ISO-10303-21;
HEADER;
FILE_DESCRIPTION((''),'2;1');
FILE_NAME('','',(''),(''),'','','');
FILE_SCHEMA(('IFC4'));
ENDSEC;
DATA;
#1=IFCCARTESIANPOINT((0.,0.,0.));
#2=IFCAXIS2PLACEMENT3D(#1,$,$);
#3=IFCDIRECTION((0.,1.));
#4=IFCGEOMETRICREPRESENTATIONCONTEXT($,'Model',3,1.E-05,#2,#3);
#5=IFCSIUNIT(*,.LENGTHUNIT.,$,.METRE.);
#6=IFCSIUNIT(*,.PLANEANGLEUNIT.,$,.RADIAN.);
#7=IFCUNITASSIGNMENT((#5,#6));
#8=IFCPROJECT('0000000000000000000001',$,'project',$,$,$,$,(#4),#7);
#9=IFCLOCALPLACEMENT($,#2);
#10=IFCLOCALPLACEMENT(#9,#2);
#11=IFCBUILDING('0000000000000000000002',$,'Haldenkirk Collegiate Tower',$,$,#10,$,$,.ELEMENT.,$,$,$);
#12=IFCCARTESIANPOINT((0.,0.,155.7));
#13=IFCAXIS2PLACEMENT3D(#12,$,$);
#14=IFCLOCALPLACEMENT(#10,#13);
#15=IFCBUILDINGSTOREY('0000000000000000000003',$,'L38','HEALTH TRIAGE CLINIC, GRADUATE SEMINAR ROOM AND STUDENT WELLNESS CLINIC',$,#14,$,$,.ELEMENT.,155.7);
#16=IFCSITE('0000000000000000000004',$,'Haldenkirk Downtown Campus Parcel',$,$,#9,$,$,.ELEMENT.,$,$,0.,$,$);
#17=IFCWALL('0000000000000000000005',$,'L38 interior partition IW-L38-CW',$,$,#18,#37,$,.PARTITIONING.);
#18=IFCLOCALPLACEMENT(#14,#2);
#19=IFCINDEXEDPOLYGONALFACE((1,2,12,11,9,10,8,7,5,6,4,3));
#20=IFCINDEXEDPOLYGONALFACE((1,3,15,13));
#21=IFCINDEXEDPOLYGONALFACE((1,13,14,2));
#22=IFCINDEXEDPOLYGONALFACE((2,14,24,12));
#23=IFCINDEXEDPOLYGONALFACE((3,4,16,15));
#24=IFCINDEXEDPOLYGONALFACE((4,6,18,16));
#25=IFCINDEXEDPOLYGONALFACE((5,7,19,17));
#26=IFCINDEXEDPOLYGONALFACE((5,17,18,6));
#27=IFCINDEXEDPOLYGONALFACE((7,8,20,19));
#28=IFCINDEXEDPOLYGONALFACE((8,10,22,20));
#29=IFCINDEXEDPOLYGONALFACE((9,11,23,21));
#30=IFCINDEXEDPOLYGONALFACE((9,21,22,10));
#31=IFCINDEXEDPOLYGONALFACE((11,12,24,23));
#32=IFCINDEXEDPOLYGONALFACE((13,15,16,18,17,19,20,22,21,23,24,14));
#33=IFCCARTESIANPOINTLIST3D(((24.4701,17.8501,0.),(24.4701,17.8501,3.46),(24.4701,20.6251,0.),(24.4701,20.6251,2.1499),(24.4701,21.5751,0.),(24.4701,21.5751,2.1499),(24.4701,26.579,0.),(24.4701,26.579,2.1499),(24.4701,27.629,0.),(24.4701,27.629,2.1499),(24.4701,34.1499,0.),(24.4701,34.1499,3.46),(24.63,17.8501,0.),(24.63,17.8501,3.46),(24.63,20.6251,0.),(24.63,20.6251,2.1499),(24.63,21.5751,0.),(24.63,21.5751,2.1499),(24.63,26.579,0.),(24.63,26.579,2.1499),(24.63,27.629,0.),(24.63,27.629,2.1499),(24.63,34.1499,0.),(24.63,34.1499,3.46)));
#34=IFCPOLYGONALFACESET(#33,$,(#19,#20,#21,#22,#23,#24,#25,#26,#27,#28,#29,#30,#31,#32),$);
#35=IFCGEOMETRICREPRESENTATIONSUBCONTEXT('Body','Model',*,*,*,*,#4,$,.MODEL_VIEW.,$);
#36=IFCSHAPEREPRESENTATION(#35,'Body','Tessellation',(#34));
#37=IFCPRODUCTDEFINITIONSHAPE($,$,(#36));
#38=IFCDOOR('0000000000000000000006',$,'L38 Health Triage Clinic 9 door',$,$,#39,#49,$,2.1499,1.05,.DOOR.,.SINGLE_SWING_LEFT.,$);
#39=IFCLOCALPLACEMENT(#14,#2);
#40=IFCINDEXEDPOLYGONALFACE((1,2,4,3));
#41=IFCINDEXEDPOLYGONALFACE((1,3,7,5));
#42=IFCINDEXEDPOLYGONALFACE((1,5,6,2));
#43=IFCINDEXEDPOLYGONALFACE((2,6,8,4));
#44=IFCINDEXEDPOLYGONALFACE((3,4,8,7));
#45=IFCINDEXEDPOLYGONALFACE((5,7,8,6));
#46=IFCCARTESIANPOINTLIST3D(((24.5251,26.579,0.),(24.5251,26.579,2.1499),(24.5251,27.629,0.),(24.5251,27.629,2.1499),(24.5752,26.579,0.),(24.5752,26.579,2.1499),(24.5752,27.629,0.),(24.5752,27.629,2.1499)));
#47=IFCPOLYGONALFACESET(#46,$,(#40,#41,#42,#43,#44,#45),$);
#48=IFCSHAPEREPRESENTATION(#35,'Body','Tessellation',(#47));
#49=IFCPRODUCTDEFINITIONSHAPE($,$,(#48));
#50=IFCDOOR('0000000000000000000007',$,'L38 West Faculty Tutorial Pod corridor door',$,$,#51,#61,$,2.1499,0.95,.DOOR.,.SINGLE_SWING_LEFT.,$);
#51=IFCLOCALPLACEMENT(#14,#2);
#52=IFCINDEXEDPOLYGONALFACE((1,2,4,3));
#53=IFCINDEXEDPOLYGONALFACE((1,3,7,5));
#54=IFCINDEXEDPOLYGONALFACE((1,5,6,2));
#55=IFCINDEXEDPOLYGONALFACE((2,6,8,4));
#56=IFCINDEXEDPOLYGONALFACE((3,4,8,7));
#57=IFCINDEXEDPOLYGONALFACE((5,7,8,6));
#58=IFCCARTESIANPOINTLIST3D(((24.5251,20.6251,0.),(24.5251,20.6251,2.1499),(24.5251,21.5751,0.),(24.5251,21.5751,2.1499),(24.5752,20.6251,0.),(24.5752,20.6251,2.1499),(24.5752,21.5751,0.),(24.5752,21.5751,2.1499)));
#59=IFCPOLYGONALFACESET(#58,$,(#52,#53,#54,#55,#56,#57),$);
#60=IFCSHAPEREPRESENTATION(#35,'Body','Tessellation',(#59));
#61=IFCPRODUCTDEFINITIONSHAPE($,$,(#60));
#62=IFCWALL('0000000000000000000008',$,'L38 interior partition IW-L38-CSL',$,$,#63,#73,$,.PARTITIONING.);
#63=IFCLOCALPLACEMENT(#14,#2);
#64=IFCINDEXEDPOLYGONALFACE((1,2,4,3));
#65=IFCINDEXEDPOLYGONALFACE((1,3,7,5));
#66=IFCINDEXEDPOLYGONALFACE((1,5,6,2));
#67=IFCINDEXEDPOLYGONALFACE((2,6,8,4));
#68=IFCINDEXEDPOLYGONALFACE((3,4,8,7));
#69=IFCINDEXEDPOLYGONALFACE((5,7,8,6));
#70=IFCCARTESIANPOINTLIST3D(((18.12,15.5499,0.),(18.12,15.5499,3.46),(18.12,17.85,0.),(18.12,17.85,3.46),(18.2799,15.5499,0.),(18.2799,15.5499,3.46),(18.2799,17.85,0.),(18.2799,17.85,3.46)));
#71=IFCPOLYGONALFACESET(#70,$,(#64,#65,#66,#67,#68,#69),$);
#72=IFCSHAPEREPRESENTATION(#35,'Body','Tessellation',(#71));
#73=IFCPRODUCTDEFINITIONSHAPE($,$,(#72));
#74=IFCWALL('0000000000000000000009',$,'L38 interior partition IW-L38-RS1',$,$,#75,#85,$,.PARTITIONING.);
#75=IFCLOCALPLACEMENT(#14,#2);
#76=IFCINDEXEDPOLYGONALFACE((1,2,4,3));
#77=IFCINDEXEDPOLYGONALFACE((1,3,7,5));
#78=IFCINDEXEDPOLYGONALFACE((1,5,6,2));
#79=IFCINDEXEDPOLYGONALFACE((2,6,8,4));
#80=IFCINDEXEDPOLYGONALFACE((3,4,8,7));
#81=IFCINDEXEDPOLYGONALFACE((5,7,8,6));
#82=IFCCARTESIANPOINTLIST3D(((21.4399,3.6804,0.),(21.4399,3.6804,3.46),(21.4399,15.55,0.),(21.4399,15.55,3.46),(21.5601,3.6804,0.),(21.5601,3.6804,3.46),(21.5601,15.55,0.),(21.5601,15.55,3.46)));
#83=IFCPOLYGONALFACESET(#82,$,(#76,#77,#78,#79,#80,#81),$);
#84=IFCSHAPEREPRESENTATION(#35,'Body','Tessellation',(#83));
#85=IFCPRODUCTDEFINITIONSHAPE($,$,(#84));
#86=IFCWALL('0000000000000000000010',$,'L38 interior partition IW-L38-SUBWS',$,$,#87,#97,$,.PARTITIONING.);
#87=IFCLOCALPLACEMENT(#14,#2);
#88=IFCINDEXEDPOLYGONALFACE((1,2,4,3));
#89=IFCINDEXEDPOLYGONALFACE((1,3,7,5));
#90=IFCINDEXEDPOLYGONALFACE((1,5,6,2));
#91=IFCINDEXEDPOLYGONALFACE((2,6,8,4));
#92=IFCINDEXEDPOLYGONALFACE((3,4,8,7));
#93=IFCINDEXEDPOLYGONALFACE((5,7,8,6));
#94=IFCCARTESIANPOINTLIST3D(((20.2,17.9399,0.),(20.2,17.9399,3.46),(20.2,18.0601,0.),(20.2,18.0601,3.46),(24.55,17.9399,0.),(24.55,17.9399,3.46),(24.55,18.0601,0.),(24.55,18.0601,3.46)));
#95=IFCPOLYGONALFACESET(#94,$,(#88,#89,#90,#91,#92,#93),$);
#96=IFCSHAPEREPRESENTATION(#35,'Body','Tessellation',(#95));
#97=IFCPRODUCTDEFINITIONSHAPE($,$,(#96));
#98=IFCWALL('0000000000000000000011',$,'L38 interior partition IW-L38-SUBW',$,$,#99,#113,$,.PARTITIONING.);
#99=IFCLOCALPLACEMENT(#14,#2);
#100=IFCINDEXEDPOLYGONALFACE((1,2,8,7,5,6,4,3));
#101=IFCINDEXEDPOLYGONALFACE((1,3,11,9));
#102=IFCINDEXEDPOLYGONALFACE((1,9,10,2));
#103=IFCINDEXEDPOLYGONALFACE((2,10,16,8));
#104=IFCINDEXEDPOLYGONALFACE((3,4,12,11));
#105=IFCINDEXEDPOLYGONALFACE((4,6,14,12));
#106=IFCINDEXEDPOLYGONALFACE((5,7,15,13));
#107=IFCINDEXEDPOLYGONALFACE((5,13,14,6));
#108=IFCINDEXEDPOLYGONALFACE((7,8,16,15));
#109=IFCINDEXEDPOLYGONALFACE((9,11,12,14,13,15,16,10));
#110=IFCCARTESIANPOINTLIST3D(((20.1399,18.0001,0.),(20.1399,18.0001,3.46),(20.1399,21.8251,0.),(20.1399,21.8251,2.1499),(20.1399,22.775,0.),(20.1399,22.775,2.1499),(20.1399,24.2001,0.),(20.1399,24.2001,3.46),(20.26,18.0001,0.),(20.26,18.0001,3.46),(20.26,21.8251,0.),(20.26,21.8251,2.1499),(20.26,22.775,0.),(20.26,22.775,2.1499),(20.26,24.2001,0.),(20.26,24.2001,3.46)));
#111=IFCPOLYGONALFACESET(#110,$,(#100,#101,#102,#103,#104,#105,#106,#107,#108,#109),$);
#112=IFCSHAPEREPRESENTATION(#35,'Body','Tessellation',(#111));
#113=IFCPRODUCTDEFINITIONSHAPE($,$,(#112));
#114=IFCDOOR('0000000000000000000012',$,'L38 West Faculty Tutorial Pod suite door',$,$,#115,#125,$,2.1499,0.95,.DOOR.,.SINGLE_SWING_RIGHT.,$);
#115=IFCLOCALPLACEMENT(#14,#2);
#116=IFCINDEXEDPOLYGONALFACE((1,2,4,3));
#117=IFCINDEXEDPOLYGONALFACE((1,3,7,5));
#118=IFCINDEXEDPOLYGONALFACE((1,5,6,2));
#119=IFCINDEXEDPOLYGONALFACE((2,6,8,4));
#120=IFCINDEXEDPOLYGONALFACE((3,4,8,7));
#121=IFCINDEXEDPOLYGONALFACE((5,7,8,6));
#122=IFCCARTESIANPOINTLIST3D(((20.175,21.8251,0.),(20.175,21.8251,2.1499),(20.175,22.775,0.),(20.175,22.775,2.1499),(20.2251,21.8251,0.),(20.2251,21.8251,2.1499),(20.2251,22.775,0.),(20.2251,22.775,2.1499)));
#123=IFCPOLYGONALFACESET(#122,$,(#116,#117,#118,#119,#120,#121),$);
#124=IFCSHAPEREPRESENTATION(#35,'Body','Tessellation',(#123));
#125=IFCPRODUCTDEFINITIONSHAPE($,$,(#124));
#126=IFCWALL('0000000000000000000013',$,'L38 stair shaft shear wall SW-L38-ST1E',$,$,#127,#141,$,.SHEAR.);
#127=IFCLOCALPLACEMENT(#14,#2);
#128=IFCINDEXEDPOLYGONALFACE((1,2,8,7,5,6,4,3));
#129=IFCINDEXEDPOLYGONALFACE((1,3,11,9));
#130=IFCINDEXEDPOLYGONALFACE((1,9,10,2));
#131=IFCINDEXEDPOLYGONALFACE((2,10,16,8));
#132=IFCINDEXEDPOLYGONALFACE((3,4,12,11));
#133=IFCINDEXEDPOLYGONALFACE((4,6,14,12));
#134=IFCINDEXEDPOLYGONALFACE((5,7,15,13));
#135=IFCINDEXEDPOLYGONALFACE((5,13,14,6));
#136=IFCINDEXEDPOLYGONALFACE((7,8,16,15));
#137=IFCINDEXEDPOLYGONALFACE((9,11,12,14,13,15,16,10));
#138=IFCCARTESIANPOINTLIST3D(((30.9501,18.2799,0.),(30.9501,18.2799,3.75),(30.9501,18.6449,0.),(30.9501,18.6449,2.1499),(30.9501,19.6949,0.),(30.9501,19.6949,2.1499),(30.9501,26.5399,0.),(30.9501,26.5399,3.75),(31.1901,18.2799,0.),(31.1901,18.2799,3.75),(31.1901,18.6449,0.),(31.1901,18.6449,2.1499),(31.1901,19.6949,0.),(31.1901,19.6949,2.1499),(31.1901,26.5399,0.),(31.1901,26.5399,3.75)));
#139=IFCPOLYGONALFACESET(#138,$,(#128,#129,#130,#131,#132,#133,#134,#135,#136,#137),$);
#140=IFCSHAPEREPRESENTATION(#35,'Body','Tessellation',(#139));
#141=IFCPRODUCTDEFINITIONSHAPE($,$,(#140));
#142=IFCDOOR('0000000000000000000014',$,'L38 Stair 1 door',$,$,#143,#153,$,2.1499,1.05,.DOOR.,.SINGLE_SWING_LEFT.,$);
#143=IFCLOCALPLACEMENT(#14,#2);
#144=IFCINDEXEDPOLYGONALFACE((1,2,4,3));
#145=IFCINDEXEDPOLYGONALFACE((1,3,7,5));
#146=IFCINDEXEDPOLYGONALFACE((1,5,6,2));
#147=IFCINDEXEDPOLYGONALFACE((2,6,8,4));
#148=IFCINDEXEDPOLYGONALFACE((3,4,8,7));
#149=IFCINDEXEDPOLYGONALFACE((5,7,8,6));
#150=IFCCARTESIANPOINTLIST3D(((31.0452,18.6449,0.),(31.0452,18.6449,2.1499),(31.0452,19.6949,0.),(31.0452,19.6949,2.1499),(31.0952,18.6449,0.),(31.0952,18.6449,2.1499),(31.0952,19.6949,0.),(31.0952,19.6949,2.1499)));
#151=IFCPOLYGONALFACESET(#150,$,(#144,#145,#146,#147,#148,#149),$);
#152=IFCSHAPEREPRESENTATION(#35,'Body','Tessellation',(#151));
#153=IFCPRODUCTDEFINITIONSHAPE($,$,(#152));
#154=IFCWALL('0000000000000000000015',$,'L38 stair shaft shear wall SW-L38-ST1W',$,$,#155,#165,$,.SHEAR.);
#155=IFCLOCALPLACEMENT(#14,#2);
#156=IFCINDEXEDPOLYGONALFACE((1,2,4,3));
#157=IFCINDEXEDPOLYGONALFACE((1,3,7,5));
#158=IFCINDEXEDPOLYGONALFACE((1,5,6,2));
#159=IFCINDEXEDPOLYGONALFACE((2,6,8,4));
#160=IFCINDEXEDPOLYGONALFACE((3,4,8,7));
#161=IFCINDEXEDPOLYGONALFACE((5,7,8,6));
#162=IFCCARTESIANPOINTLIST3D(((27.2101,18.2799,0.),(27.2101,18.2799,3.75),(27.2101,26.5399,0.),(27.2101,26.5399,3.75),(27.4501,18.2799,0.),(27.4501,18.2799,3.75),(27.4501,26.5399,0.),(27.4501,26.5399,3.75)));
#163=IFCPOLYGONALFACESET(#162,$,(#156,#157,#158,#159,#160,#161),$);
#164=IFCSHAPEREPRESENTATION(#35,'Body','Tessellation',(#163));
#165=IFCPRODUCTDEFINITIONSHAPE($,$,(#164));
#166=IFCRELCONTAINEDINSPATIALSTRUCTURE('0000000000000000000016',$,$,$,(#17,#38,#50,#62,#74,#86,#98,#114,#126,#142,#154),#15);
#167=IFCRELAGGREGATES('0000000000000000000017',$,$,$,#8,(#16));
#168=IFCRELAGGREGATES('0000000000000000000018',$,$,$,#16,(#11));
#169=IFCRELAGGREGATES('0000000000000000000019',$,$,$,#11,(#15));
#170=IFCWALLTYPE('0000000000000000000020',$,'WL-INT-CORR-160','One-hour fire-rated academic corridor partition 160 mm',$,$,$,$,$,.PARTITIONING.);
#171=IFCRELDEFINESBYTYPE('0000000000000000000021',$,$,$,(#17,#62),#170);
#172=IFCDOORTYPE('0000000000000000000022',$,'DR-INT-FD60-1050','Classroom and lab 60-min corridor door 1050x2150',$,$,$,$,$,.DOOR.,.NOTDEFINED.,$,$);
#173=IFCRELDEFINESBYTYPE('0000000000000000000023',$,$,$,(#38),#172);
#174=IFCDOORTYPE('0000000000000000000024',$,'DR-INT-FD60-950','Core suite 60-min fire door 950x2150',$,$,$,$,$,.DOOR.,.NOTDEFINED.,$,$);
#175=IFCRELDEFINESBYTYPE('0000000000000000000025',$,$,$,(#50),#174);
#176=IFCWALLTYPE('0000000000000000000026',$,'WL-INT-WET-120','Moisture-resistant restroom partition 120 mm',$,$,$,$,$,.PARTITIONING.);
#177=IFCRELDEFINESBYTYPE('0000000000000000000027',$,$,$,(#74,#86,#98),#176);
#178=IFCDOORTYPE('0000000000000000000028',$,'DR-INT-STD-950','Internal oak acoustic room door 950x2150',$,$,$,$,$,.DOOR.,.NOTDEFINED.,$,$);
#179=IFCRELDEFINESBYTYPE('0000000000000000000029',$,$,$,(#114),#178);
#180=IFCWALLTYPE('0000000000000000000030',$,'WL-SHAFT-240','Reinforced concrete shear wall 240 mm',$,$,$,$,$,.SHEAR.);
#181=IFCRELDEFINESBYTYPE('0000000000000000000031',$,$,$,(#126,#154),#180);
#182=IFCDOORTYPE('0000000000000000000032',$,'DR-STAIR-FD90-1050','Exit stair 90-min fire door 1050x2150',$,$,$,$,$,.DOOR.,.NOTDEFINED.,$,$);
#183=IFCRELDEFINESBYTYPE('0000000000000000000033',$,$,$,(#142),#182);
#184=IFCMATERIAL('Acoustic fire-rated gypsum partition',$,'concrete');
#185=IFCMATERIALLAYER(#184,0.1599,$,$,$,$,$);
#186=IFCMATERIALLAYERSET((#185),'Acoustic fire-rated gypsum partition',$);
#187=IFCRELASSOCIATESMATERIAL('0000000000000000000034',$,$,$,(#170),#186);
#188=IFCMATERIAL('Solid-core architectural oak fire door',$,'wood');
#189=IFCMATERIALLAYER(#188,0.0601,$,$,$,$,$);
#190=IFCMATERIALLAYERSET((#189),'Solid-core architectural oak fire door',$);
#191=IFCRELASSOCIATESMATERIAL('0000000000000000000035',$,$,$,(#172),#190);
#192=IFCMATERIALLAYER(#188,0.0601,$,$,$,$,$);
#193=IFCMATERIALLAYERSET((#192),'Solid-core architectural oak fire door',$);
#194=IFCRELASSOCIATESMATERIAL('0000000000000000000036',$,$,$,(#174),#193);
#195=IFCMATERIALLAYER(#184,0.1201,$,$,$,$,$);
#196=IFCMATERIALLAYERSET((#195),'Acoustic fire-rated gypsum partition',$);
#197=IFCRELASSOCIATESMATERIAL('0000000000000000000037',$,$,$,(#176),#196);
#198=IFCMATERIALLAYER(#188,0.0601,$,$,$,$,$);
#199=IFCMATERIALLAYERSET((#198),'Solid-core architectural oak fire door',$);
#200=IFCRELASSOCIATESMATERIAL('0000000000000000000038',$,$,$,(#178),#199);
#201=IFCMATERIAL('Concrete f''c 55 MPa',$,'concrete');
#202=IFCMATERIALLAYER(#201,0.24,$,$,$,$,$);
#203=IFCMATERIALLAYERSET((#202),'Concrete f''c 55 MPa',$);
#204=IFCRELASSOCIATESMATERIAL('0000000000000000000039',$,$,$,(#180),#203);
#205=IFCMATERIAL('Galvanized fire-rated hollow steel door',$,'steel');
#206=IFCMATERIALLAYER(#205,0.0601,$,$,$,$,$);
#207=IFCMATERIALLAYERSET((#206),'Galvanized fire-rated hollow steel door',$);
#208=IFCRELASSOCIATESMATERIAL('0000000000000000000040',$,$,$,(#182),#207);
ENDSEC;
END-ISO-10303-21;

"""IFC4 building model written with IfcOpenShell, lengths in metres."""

from ifc_helpers import new_model, si_unit, direction, frame, frame_2d, origin, place, context, subcontext, project, spatial, rectangle, extrude, material, layer, layer_set, type_object, element, fill, save


model = new_model("IFC4")

# Units and contexts
model_context = context("Model", 3, precision=1e-05, world=origin(), true_north=direction((0.0, 1.0)))
body_context = subcontext(model_context, "Body", "Model", "MODEL_VIEW")
ifc_project = project(units=[si_unit("LENGTHUNIT", "METRE"), si_unit("PLANEANGLEUNIT", "RADIAN")], contexts=[model_context])

# Site, building, storey
site_placement = place(None, origin())
site = spatial("IfcSite", under=ifc_project, at=site_placement, Name="Haldenkirk Downtown Campus Parcel", CompositionType="ELEMENT", RefElevation=0.0)
building_placement = place(site_placement, origin())
building = spatial("IfcBuilding", under=site, at=building_placement, Name="Haldenkirk Collegiate Tower", CompositionType="ELEMENT")
storey_placement = place(building_placement, frame((0.0, 0.0, 155.7)))
storey = spatial("IfcBuildingStorey", under=building, at=storey_placement, Name="L38", Description="HEALTH TRIAGE CLINIC, GRADUATE SEMINAR ROOM AND STUDENT WELLNESS CLINIC", CompositionType="ELEMENT", Elevation=155.7)

# Shared definitions
ifc_material_1 = material(Name="Concrete f'c 55 MPa", Category="concrete")
ifc_material_2 = material(Name="Galvanized fire-rated hollow steel door", Category="steel")

# Shared definitions
ifc_material_3 = material(Name="Acoustic fire-rated gypsum partition", Category="concrete")
ifc_layer_1 = layer(ifc_material_3, 0.1599)
ifc_layer_set_1 = layer_set([ifc_layer_1], Name="Acoustic fire-rated gypsum partition")
wall_type_1 = type_object("IfcWallType", Name="WL-INT-CORR-160", Description="One-hour fire-rated academic corridor partition 160 mm", PredefinedType="PARTITIONING", material=ifc_layer_set_1)

# Wall, openings, doors
wall_1_placement = place(storey_placement, frame((24.55, 17.8501, 0.0), z_axis=(0.0, 0.0, 1.0), x_axis=(0.0, 1.0, 0.0)))
wall_1 = element("IfcWall", 1, at=wall_1_placement, inside=storey, type_object=wall_type_1, Name="L38 interior partition IW-L38-CW", PredefinedType="PARTITIONING", context=body_context, shape_type="SweptSolid", body=[
    extrude(rectangle(XDim=16.2998, YDim=0.1599, at=frame_2d((8.1499, 0.0))), origin(), (0.0, 0.0, 1.0), 3.46),
])
opening_1_placement = place(wall_1_placement, frame((2.7749, 0.0, 0.0)))
opening_1 = element("IfcOpeningElement", 2, at=opening_1_placement, cuts=wall_1, PredefinedType="OPENING", context=body_context, shape_type="SweptSolid", body=[
    extrude(rectangle(XDim=0.95, YDim=2.1499, at=frame_2d((0.4751, 1.075))), frame((0.0, 0.0898, 0.0), z_axis=(0.0, -1.0, 0.0), x_axis=(1.0, 0.0, 0.0)), (0.0, 0.0, 1.0), 0.1799),
])
opening_2_placement = place(wall_1_placement, frame((8.729, 0.0, 0.0)))
opening_2 = element("IfcOpeningElement", 3, at=opening_2_placement, cuts=wall_1, PredefinedType="OPENING", context=body_context, shape_type="SweptSolid", body=[
    extrude(rectangle(XDim=1.05, YDim=2.1499, at=frame_2d((0.5249, 1.075))), frame((0.0, 0.0898, 0.0), z_axis=(0.0, -1.0, 0.0), x_axis=(1.0, 0.0, 0.0)), (0.0, 0.0, 1.0), 0.1799),
])
ifc_material_4 = material(Name="Solid-core architectural oak fire door", Category="wood")
ifc_layer_2 = layer(ifc_material_4, 0.0601)
ifc_layer_set_2 = layer_set([ifc_layer_2], Name="Solid-core architectural oak fire door")
door_type_1 = type_object("IfcDoorType", Name="DR-INT-FD60-1050", Description="Classroom and lab 60-min corridor door 1050x2150", OperationType="NOTDEFINED", PredefinedType="DOOR", material=ifc_layer_set_2)
door_1_placement = place(opening_2_placement, origin())
door_1 = element("IfcDoor", 4, at=door_1_placement, inside=storey, type_object=door_type_1, Name="L38 Health Triage Clinic 9 door", OperationType="SINGLE_SWING_LEFT", OverallHeight=2.1499, OverallWidth=1.05, PredefinedType="DOOR", context=body_context, shape_type="SweptSolid", body=[
    extrude(rectangle(XDim=1.05, YDim=2.1499, at=frame_2d((0.5249, 1.075))), frame((0.0, 0.0249, 0.0), z_axis=(0.0, -1.0, 0.0), x_axis=(1.0, 0.0, 0.0)), (0.0, 0.0, 1.0), 0.05),
])
fill(opening_2, door_1)
ifc_layer_3 = layer(ifc_material_4, 0.0601)
ifc_layer_set_3 = layer_set([ifc_layer_3], Name="Solid-core architectural oak fire door")
door_type_2 = type_object("IfcDoorType", Name="DR-INT-FD60-950", Description="Core suite 60-min fire door 950x2150", OperationType="NOTDEFINED", PredefinedType="DOOR", material=ifc_layer_set_3)
door_2_placement = place(opening_1_placement, origin())
door_2 = element("IfcDoor", 5, at=door_2_placement, inside=storey, type_object=door_type_2, Name="L38 West Faculty Tutorial Pod corridor door", OperationType="SINGLE_SWING_LEFT", OverallHeight=2.1499, OverallWidth=0.95, PredefinedType="DOOR", context=body_context, shape_type="SweptSolid", body=[
    extrude(rectangle(XDim=0.95, YDim=2.1499, at=frame_2d((0.4751, 1.075))), frame((0.0, 0.0249, 0.0), z_axis=(0.0, -1.0, 0.0), x_axis=(1.0, 0.0, 0.0)), (0.0, 0.0, 1.0), 0.05),
])
fill(opening_1, door_2)

# Walls
wall_2_placement = place(storey_placement, frame((18.2, 15.55, 0.0), z_axis=(0.0, 0.0, 1.0), x_axis=(0.0, 1.0, 0.0)))
element("IfcWall", 6, at=wall_2_placement, inside=storey, type_object=wall_type_1, Name="L38 interior partition IW-L38-CSL", PredefinedType="PARTITIONING", context=body_context, shape_type="SweptSolid", body=[
    extrude(rectangle(XDim=2.3, YDim=0.1599, at=frame_2d((1.1499, 0.0))), origin(), (0.0, 0.0, 1.0), 3.46),
])
ifc_layer_4 = layer(ifc_material_3, 0.1201)
ifc_layer_set_4 = layer_set([ifc_layer_4], Name="Acoustic fire-rated gypsum partition")
wall_type_2 = type_object("IfcWallType", Name="WL-INT-WET-120", Description="Moisture-resistant restroom partition 120 mm", PredefinedType="PARTITIONING", material=ifc_layer_set_4)
wall_3_placement = place(storey_placement, frame((21.5, 3.6804, 0.0), z_axis=(0.0, 0.0, 1.0), x_axis=(0.0, 1.0, 0.0)))
element("IfcWall", 7, at=wall_3_placement, inside=storey, type_object=wall_type_2, Name="L38 interior partition IW-L38-RS1", PredefinedType="PARTITIONING", context=body_context, shape_type="SweptSolid", body=[
    extrude(rectangle(XDim=11.8696, YDim=0.1201, at=frame_2d((5.9348, 0.0))), origin(), (0.0, 0.0, 1.0), 3.46),
])
wall_4_placement = place(storey_placement, frame((20.2, 18.0, 0.0), z_axis=(0.0, 0.0, 1.0), x_axis=(1.0, 0.0, 0.0)))
element("IfcWall", 8, at=wall_4_placement, inside=storey, type_object=wall_type_2, Name="L38 interior partition IW-L38-SUBWS", PredefinedType="PARTITIONING", context=body_context, shape_type="SweptSolid", body=[
    extrude(rectangle(XDim=4.3501, YDim=0.1201, at=frame_2d((2.175, 0.0))), origin(), (0.0, 0.0, 1.0), 3.46),
])

# Walls, openings, doors
wall_5_placement = place(storey_placement, frame((20.2, 18.0, 0.0), z_axis=(0.0, 0.0, 1.0), x_axis=(0.0, 1.0, 0.0)))
wall_5 = element("IfcWall", 9, at=wall_5_placement, inside=storey, type_object=wall_type_2, Name="L38 interior partition IW-L38-SUBW", PredefinedType="PARTITIONING", context=body_context, shape_type="SweptSolid", body=[
    extrude(rectangle(XDim=6.2, YDim=0.1201, at=frame_2d((3.1001, 0.0))), origin(), (0.0, 0.0, 1.0), 3.46),
])
opening_3_placement = place(wall_5_placement, frame((3.825, 0.0, 0.0)))
opening_3 = element("IfcOpeningElement", 10, at=opening_3_placement, cuts=wall_5, PredefinedType="OPENING", context=body_context, shape_type="SweptSolid", body=[
    extrude(rectangle(XDim=0.95, YDim=2.1499, at=frame_2d((0.4751, 1.075))), frame((0.0, 0.0701, 0.0), z_axis=(0.0, -1.0, 0.0), x_axis=(1.0, 0.0, 0.0)), (0.0, 0.0, 1.0), 0.1401),
])
ifc_layer_5 = layer(ifc_material_4, 0.0601)
ifc_layer_set_5 = layer_set([ifc_layer_5], Name="Solid-core architectural oak fire door")
door_type_3 = type_object("IfcDoorType", Name="DR-INT-STD-950", Description="Internal oak acoustic room door 950x2150", OperationType="NOTDEFINED", PredefinedType="DOOR", material=ifc_layer_set_5)
door_3_placement = place(opening_3_placement, origin())
door_3 = element("IfcDoor", 11, at=door_3_placement, inside=storey, type_object=door_type_3, Name="L38 West Faculty Tutorial Pod suite door", OperationType="SINGLE_SWING_RIGHT", OverallHeight=2.1499, OverallWidth=0.95, PredefinedType="DOOR", context=body_context, shape_type="SweptSolid", body=[
    extrude(rectangle(XDim=0.95, YDim=2.1499, at=frame_2d((0.4751, 1.075))), frame((0.0, 0.0249, 0.0), z_axis=(0.0, -1.0, 0.0), x_axis=(1.0, 0.0, 0.0)), (0.0, 0.0, 1.0), 0.05),
])
fill(opening_3, door_3)
ifc_layer_6 = layer(ifc_material_1, 0.24)
ifc_layer_set_6 = layer_set([ifc_layer_6], Name="Concrete f'c 55 MPa")
wall_type_3 = type_object("IfcWallType", Name="WL-SHAFT-240", Description="Reinforced concrete shear wall 240 mm", PredefinedType="SHEAR", material=ifc_layer_set_6)
wall_6_placement = place(storey_placement, frame((31.0701, 18.28, 0.0), z_axis=(0.0, 0.0, 1.0), x_axis=(0.0, 1.0, 0.0)))
wall_6 = element("IfcWall", 12, at=wall_6_placement, inside=storey, type_object=wall_type_3, Name="L38 stair shaft shear wall SW-L38-ST1E", PredefinedType="SHEAR", context=body_context, shape_type="SweptSolid", body=[
    extrude(rectangle(XDim=8.26, YDim=0.24, at=frame_2d((4.1299, 0.0))), origin(), (0.0, 0.0, 1.0), 3.75),
])
opening_4_placement = place(wall_6_placement, frame((0.365, 0.0, 0.0)))
opening_4 = element("IfcOpeningElement", 13, at=opening_4_placement, cuts=wall_6, PredefinedType="OPENING", context=body_context, shape_type="SweptSolid", body=[
    extrude(rectangle(XDim=1.05, YDim=2.1499, at=frame_2d((0.5249, 1.075))), frame((0.0, 0.1299, 0.0), z_axis=(0.0, -1.0, 0.0), x_axis=(1.0, 0.0, 0.0)), (0.0, 0.0, 1.0), 0.26),
])
ifc_layer_7 = layer(ifc_material_2, 0.0601)
ifc_layer_set_7 = layer_set([ifc_layer_7], Name="Galvanized fire-rated hollow steel door")
door_type_4 = type_object("IfcDoorType", Name="DR-STAIR-FD90-1050", Description="Exit stair 90-min fire door 1050x2150", OperationType="NOTDEFINED", PredefinedType="DOOR", material=ifc_layer_set_7)
door_4_placement = place(opening_4_placement, origin())
door_4 = element("IfcDoor", 14, at=door_4_placement, inside=storey, type_object=door_type_4, Name="L38 Stair 1 door", OperationType="SINGLE_SWING_LEFT", OverallHeight=2.1499, OverallWidth=1.05, PredefinedType="DOOR", context=body_context, shape_type="SweptSolid", body=[
    extrude(rectangle(XDim=1.05, YDim=2.1499, at=frame_2d((0.5249, 1.075))), frame((0.0, 0.0249, 0.0), z_axis=(0.0, -1.0, 0.0), x_axis=(1.0, 0.0, 0.0)), (0.0, 0.0, 1.0), 0.05),
])
fill(opening_4, door_4)

# Wall
wall_7_placement = place(storey_placement, frame((27.3301, 18.28, 0.0), z_axis=(0.0, 0.0, 1.0), x_axis=(0.0, 1.0, 0.0)))
element("IfcWall", 15, at=wall_7_placement, inside=storey, type_object=wall_type_3, Name="L38 stair shaft shear wall SW-L38-ST1W", PredefinedType="SHEAR", context=body_context, shape_type="SweptSolid", body=[
    extrude(rectangle(XDim=8.26, YDim=0.24, at=frame_2d((4.1299, 0.0))), origin(), (0.0, 0.0, 1.0), 3.75),
])

save(model, "model.ifc")
